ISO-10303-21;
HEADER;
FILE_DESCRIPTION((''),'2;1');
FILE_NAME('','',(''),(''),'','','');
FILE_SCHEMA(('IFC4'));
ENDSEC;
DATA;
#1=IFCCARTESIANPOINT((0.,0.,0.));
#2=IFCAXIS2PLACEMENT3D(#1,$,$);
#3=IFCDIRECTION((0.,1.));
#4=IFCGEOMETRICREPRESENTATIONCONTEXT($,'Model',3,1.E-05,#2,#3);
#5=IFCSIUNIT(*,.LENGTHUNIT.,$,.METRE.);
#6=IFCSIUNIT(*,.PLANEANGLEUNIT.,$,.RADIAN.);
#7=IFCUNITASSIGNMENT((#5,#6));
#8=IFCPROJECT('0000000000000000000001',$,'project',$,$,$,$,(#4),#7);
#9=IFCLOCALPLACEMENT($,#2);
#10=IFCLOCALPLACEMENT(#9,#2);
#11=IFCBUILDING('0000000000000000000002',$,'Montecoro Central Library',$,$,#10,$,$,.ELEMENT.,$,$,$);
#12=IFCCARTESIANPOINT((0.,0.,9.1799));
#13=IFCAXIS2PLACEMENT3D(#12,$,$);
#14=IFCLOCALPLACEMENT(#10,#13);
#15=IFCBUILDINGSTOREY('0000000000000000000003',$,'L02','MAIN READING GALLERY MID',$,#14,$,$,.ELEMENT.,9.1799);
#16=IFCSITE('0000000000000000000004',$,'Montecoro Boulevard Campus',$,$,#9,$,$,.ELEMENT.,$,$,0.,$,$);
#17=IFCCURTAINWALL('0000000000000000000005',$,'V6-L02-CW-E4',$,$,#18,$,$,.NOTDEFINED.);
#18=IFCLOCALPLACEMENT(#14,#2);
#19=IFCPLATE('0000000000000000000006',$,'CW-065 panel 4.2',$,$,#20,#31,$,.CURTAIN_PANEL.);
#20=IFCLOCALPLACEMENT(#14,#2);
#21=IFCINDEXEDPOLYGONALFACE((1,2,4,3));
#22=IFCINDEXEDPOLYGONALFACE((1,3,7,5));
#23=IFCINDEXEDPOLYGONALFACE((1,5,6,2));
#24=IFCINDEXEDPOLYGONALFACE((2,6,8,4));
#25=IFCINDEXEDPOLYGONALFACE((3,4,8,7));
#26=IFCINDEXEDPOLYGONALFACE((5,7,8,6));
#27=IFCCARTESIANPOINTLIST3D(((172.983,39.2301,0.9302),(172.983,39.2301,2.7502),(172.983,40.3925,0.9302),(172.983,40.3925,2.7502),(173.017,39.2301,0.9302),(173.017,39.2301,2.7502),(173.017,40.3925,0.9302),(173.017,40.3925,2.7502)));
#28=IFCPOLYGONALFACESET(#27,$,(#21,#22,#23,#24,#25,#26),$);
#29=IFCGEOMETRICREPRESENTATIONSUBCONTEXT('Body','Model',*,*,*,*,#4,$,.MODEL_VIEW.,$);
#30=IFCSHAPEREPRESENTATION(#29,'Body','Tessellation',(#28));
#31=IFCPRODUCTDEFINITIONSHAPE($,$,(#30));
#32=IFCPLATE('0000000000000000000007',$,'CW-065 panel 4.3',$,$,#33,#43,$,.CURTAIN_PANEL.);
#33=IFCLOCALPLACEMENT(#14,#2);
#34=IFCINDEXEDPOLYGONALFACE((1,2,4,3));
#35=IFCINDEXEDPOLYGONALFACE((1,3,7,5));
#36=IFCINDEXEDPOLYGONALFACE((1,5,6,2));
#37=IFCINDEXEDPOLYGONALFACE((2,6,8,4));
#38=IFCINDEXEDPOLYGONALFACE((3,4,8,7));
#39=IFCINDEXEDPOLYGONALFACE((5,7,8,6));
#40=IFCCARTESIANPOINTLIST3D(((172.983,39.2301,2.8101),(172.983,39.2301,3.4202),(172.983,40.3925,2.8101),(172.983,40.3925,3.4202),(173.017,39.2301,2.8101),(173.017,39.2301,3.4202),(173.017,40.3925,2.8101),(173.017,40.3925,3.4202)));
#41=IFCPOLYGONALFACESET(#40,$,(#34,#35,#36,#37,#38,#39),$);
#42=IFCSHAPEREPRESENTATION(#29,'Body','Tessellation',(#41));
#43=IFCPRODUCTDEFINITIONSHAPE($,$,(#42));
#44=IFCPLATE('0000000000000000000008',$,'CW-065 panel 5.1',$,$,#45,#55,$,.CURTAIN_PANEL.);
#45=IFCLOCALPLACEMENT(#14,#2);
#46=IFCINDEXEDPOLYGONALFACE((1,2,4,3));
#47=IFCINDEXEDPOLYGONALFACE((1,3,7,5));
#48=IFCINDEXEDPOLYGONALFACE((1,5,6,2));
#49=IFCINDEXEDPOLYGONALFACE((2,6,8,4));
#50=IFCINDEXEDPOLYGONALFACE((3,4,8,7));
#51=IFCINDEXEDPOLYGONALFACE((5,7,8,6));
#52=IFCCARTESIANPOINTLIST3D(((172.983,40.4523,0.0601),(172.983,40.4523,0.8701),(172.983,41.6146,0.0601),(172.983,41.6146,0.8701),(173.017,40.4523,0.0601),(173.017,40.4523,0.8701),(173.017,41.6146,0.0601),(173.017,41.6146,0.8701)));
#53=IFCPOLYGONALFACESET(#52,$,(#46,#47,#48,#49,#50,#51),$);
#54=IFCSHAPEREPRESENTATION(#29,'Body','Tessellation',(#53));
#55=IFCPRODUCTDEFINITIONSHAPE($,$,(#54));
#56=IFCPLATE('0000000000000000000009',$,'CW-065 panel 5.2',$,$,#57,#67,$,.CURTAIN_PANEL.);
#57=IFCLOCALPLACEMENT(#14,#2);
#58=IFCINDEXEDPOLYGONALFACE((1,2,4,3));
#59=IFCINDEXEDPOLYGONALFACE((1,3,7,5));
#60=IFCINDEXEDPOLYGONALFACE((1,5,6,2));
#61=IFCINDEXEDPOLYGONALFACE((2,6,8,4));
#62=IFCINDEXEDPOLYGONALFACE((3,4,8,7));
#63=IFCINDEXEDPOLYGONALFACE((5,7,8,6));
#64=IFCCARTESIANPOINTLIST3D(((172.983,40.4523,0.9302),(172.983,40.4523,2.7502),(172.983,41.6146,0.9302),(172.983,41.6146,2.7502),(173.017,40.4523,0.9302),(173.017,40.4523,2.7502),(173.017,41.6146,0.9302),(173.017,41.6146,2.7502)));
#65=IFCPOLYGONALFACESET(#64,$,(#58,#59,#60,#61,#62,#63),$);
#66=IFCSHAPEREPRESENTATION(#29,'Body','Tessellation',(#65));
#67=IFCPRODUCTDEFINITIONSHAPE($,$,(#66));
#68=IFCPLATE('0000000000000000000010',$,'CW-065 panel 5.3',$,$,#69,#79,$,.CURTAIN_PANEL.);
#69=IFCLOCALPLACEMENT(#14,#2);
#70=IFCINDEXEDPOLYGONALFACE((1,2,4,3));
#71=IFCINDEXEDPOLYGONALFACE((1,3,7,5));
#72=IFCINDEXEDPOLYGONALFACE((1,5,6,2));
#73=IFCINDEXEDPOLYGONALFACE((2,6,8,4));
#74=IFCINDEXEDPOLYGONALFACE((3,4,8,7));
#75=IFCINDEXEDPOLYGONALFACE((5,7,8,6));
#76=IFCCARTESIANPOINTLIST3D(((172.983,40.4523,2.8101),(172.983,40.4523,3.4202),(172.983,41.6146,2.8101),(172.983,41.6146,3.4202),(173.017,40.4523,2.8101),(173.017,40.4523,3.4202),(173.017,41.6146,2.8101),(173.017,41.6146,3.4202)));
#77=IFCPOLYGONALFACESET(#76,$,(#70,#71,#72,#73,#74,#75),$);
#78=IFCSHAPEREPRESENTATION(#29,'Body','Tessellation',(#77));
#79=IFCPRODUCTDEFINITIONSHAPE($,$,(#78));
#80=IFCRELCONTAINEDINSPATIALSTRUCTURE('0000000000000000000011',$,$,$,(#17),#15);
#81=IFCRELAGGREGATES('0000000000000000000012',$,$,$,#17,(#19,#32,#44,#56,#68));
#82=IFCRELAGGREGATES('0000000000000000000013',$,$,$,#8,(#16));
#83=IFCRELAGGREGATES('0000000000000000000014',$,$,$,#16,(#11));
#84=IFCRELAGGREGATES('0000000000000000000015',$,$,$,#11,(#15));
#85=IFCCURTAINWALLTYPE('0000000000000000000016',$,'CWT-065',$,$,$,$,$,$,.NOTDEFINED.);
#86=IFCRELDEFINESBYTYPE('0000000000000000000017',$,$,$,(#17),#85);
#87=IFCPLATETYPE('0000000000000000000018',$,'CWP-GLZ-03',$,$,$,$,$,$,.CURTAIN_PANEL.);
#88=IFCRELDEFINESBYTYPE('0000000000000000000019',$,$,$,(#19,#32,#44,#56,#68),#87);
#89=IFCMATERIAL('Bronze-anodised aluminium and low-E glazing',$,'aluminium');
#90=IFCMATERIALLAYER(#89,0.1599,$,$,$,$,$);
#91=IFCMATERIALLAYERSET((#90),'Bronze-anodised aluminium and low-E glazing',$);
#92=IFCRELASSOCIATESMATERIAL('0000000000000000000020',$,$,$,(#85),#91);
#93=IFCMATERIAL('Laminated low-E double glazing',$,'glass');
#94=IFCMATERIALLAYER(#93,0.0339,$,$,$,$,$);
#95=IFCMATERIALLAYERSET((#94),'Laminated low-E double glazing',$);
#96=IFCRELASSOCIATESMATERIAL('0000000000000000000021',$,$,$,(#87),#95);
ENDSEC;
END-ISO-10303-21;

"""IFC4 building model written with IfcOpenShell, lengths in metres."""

from ifc_helpers import new_model, si_unit, direction, frame, origin, origin_2d, place, context, subcontext, project, spatial, rectangle, extrude, material, layer, layer_set, type_object, element, aggregate, save


model = new_model("IFC4")

# Units and contexts
model_context = context("Model", 3, precision=1e-05, world=origin(), true_north=direction((0.0, 1.0)))
body_context = subcontext(model_context, "Body", "Model", "MODEL_VIEW")
ifc_project = project(units=[si_unit("LENGTHUNIT", "METRE"), si_unit("PLANEANGLEUNIT", "RADIAN")], contexts=[model_context])

# Site, building, storey
site_placement = place(None, origin())
site = spatial("IfcSite", under=ifc_project, at=site_placement, Name="Montecoro Boulevard Campus", CompositionType="ELEMENT", RefElevation=0.0)
building_placement = place(site_placement, origin())
building = spatial("IfcBuilding", under=site, at=building_placement, Name="Montecoro Central Library", CompositionType="ELEMENT")
storey_placement = place(building_placement, frame((0.0, 0.0, 9.1799)))
storey = spatial("IfcBuildingStorey", under=building, at=storey_placement, Name="L02", Description="MAIN READING GALLERY MID", CompositionType="ELEMENT", Elevation=9.1799)

# Curtain wall, plates
ifc_material_1 = material(Name="Bronze-anodised aluminium and low-E glazing", Category="aluminium")
ifc_layer_1 = layer(ifc_material_1, 0.1599)
ifc_layer_set_1 = layer_set([ifc_layer_1], Name="Bronze-anodised aluminium and low-E glazing")
curtain_wall_type = type_object("IfcCurtainWallType", Name="CWT-065", PredefinedType="NOTDEFINED", material=ifc_layer_set_1)
curtain_wall_placement = place(storey_placement, origin())
curtain_wall = element("IfcCurtainWall", 1, at=curtain_wall_placement, inside=storey, type_object=curtain_wall_type, Name="V6-L02-CW-E4", PredefinedType="NOTDEFINED")
ifc_material_2 = material(Name="Laminated low-E double glazing", Category="glass")
ifc_layer_2 = layer(ifc_material_2, 0.0339)
ifc_layer_set_2 = layer_set([ifc_layer_2], Name="Laminated low-E double glazing")
plate_type = type_object("IfcPlateType", Name="CWP-GLZ-03", PredefinedType="CURTAIN_PANEL", material=ifc_layer_set_2)
plate_1_placement = place(storey_placement, frame((173.0, 39.8113, 0.9302), z_axis=(0.0, 0.0, 1.0), x_axis=(0.0, 1.0, 0.0)))
plate_1 = element("IfcPlate", 2, at=plate_1_placement, type_object=plate_type, Name="CW-065 panel 4.2", PredefinedType="CURTAIN_PANEL", context=body_context, shape_type="SweptSolid", body=[
    extrude(rectangle(XDim=1.1624, YDim=0.0339, at=origin_2d()), origin(), (0.0, 0.0, 1.0), 1.8201),
])
plate_2_placement = place(storey_placement, frame((173.0, 39.8113, 2.8101), z_axis=(0.0, 0.0, 1.0), x_axis=(0.0, 1.0, 0.0)))
plate_2 = element("IfcPlate", 3, at=plate_2_placement, type_object=plate_type, Name="CW-065 panel 4.3", PredefinedType="CURTAIN_PANEL", context=body_context, shape_type="SweptSolid", body=[
    extrude(rectangle(XDim=1.1624, YDim=0.0339, at=origin_2d()), origin(), (0.0, 0.0, 1.0), 0.6101),
])
plate_3_placement = place(storey_placement, frame((173.0, 41.0334, 0.0601), z_axis=(0.0, 0.0, 1.0), x_axis=(0.0, 1.0, 0.0)))
plate_3 = element("IfcPlate", 4, at=plate_3_placement, type_object=plate_type, Name="CW-065 panel 5.1", PredefinedType="CURTAIN_PANEL", context=body_context, shape_type="SweptSolid", body=[
    extrude(rectangle(XDim=1.1624, YDim=0.0339, at=origin_2d()), origin(), (0.0, 0.0, 1.0), 0.8101),
])
plate_4_placement = place(storey_placement, frame((173.0, 41.0334, 0.9302), z_axis=(0.0, 0.0, 1.0), x_axis=(0.0, 1.0, 0.0)))
plate_4 = element("IfcPlate", 5, at=plate_4_placement, type_object=plate_type, Name="CW-065 panel 5.2", PredefinedType="CURTAIN_PANEL", context=body_context, shape_type="SweptSolid", body=[
    extrude(rectangle(XDim=1.1624, YDim=0.0339, at=origin_2d()), origin(), (0.0, 0.0, 1.0), 1.8201),
])
plate_5_placement = place(storey_placement, frame((173.0, 41.0334, 2.8101), z_axis=(0.0, 0.0, 1.0), x_axis=(0.0, 1.0, 0.0)))
plate_5 = element("IfcPlate", 6, at=plate_5_placement, type_object=plate_type, Name="CW-065 panel 5.3", PredefinedType="CURTAIN_PANEL", context=body_context, shape_type="SweptSolid", body=[
    extrude(rectangle(XDim=1.1624, YDim=0.0339, at=origin_2d()), origin(), (0.0, 0.0, 1.0), 0.6101),
])
aggregate(curtain_wall, [plate_1, plate_2, plate_3, plate_4, plate_5])

save(model, "model.ifc")
